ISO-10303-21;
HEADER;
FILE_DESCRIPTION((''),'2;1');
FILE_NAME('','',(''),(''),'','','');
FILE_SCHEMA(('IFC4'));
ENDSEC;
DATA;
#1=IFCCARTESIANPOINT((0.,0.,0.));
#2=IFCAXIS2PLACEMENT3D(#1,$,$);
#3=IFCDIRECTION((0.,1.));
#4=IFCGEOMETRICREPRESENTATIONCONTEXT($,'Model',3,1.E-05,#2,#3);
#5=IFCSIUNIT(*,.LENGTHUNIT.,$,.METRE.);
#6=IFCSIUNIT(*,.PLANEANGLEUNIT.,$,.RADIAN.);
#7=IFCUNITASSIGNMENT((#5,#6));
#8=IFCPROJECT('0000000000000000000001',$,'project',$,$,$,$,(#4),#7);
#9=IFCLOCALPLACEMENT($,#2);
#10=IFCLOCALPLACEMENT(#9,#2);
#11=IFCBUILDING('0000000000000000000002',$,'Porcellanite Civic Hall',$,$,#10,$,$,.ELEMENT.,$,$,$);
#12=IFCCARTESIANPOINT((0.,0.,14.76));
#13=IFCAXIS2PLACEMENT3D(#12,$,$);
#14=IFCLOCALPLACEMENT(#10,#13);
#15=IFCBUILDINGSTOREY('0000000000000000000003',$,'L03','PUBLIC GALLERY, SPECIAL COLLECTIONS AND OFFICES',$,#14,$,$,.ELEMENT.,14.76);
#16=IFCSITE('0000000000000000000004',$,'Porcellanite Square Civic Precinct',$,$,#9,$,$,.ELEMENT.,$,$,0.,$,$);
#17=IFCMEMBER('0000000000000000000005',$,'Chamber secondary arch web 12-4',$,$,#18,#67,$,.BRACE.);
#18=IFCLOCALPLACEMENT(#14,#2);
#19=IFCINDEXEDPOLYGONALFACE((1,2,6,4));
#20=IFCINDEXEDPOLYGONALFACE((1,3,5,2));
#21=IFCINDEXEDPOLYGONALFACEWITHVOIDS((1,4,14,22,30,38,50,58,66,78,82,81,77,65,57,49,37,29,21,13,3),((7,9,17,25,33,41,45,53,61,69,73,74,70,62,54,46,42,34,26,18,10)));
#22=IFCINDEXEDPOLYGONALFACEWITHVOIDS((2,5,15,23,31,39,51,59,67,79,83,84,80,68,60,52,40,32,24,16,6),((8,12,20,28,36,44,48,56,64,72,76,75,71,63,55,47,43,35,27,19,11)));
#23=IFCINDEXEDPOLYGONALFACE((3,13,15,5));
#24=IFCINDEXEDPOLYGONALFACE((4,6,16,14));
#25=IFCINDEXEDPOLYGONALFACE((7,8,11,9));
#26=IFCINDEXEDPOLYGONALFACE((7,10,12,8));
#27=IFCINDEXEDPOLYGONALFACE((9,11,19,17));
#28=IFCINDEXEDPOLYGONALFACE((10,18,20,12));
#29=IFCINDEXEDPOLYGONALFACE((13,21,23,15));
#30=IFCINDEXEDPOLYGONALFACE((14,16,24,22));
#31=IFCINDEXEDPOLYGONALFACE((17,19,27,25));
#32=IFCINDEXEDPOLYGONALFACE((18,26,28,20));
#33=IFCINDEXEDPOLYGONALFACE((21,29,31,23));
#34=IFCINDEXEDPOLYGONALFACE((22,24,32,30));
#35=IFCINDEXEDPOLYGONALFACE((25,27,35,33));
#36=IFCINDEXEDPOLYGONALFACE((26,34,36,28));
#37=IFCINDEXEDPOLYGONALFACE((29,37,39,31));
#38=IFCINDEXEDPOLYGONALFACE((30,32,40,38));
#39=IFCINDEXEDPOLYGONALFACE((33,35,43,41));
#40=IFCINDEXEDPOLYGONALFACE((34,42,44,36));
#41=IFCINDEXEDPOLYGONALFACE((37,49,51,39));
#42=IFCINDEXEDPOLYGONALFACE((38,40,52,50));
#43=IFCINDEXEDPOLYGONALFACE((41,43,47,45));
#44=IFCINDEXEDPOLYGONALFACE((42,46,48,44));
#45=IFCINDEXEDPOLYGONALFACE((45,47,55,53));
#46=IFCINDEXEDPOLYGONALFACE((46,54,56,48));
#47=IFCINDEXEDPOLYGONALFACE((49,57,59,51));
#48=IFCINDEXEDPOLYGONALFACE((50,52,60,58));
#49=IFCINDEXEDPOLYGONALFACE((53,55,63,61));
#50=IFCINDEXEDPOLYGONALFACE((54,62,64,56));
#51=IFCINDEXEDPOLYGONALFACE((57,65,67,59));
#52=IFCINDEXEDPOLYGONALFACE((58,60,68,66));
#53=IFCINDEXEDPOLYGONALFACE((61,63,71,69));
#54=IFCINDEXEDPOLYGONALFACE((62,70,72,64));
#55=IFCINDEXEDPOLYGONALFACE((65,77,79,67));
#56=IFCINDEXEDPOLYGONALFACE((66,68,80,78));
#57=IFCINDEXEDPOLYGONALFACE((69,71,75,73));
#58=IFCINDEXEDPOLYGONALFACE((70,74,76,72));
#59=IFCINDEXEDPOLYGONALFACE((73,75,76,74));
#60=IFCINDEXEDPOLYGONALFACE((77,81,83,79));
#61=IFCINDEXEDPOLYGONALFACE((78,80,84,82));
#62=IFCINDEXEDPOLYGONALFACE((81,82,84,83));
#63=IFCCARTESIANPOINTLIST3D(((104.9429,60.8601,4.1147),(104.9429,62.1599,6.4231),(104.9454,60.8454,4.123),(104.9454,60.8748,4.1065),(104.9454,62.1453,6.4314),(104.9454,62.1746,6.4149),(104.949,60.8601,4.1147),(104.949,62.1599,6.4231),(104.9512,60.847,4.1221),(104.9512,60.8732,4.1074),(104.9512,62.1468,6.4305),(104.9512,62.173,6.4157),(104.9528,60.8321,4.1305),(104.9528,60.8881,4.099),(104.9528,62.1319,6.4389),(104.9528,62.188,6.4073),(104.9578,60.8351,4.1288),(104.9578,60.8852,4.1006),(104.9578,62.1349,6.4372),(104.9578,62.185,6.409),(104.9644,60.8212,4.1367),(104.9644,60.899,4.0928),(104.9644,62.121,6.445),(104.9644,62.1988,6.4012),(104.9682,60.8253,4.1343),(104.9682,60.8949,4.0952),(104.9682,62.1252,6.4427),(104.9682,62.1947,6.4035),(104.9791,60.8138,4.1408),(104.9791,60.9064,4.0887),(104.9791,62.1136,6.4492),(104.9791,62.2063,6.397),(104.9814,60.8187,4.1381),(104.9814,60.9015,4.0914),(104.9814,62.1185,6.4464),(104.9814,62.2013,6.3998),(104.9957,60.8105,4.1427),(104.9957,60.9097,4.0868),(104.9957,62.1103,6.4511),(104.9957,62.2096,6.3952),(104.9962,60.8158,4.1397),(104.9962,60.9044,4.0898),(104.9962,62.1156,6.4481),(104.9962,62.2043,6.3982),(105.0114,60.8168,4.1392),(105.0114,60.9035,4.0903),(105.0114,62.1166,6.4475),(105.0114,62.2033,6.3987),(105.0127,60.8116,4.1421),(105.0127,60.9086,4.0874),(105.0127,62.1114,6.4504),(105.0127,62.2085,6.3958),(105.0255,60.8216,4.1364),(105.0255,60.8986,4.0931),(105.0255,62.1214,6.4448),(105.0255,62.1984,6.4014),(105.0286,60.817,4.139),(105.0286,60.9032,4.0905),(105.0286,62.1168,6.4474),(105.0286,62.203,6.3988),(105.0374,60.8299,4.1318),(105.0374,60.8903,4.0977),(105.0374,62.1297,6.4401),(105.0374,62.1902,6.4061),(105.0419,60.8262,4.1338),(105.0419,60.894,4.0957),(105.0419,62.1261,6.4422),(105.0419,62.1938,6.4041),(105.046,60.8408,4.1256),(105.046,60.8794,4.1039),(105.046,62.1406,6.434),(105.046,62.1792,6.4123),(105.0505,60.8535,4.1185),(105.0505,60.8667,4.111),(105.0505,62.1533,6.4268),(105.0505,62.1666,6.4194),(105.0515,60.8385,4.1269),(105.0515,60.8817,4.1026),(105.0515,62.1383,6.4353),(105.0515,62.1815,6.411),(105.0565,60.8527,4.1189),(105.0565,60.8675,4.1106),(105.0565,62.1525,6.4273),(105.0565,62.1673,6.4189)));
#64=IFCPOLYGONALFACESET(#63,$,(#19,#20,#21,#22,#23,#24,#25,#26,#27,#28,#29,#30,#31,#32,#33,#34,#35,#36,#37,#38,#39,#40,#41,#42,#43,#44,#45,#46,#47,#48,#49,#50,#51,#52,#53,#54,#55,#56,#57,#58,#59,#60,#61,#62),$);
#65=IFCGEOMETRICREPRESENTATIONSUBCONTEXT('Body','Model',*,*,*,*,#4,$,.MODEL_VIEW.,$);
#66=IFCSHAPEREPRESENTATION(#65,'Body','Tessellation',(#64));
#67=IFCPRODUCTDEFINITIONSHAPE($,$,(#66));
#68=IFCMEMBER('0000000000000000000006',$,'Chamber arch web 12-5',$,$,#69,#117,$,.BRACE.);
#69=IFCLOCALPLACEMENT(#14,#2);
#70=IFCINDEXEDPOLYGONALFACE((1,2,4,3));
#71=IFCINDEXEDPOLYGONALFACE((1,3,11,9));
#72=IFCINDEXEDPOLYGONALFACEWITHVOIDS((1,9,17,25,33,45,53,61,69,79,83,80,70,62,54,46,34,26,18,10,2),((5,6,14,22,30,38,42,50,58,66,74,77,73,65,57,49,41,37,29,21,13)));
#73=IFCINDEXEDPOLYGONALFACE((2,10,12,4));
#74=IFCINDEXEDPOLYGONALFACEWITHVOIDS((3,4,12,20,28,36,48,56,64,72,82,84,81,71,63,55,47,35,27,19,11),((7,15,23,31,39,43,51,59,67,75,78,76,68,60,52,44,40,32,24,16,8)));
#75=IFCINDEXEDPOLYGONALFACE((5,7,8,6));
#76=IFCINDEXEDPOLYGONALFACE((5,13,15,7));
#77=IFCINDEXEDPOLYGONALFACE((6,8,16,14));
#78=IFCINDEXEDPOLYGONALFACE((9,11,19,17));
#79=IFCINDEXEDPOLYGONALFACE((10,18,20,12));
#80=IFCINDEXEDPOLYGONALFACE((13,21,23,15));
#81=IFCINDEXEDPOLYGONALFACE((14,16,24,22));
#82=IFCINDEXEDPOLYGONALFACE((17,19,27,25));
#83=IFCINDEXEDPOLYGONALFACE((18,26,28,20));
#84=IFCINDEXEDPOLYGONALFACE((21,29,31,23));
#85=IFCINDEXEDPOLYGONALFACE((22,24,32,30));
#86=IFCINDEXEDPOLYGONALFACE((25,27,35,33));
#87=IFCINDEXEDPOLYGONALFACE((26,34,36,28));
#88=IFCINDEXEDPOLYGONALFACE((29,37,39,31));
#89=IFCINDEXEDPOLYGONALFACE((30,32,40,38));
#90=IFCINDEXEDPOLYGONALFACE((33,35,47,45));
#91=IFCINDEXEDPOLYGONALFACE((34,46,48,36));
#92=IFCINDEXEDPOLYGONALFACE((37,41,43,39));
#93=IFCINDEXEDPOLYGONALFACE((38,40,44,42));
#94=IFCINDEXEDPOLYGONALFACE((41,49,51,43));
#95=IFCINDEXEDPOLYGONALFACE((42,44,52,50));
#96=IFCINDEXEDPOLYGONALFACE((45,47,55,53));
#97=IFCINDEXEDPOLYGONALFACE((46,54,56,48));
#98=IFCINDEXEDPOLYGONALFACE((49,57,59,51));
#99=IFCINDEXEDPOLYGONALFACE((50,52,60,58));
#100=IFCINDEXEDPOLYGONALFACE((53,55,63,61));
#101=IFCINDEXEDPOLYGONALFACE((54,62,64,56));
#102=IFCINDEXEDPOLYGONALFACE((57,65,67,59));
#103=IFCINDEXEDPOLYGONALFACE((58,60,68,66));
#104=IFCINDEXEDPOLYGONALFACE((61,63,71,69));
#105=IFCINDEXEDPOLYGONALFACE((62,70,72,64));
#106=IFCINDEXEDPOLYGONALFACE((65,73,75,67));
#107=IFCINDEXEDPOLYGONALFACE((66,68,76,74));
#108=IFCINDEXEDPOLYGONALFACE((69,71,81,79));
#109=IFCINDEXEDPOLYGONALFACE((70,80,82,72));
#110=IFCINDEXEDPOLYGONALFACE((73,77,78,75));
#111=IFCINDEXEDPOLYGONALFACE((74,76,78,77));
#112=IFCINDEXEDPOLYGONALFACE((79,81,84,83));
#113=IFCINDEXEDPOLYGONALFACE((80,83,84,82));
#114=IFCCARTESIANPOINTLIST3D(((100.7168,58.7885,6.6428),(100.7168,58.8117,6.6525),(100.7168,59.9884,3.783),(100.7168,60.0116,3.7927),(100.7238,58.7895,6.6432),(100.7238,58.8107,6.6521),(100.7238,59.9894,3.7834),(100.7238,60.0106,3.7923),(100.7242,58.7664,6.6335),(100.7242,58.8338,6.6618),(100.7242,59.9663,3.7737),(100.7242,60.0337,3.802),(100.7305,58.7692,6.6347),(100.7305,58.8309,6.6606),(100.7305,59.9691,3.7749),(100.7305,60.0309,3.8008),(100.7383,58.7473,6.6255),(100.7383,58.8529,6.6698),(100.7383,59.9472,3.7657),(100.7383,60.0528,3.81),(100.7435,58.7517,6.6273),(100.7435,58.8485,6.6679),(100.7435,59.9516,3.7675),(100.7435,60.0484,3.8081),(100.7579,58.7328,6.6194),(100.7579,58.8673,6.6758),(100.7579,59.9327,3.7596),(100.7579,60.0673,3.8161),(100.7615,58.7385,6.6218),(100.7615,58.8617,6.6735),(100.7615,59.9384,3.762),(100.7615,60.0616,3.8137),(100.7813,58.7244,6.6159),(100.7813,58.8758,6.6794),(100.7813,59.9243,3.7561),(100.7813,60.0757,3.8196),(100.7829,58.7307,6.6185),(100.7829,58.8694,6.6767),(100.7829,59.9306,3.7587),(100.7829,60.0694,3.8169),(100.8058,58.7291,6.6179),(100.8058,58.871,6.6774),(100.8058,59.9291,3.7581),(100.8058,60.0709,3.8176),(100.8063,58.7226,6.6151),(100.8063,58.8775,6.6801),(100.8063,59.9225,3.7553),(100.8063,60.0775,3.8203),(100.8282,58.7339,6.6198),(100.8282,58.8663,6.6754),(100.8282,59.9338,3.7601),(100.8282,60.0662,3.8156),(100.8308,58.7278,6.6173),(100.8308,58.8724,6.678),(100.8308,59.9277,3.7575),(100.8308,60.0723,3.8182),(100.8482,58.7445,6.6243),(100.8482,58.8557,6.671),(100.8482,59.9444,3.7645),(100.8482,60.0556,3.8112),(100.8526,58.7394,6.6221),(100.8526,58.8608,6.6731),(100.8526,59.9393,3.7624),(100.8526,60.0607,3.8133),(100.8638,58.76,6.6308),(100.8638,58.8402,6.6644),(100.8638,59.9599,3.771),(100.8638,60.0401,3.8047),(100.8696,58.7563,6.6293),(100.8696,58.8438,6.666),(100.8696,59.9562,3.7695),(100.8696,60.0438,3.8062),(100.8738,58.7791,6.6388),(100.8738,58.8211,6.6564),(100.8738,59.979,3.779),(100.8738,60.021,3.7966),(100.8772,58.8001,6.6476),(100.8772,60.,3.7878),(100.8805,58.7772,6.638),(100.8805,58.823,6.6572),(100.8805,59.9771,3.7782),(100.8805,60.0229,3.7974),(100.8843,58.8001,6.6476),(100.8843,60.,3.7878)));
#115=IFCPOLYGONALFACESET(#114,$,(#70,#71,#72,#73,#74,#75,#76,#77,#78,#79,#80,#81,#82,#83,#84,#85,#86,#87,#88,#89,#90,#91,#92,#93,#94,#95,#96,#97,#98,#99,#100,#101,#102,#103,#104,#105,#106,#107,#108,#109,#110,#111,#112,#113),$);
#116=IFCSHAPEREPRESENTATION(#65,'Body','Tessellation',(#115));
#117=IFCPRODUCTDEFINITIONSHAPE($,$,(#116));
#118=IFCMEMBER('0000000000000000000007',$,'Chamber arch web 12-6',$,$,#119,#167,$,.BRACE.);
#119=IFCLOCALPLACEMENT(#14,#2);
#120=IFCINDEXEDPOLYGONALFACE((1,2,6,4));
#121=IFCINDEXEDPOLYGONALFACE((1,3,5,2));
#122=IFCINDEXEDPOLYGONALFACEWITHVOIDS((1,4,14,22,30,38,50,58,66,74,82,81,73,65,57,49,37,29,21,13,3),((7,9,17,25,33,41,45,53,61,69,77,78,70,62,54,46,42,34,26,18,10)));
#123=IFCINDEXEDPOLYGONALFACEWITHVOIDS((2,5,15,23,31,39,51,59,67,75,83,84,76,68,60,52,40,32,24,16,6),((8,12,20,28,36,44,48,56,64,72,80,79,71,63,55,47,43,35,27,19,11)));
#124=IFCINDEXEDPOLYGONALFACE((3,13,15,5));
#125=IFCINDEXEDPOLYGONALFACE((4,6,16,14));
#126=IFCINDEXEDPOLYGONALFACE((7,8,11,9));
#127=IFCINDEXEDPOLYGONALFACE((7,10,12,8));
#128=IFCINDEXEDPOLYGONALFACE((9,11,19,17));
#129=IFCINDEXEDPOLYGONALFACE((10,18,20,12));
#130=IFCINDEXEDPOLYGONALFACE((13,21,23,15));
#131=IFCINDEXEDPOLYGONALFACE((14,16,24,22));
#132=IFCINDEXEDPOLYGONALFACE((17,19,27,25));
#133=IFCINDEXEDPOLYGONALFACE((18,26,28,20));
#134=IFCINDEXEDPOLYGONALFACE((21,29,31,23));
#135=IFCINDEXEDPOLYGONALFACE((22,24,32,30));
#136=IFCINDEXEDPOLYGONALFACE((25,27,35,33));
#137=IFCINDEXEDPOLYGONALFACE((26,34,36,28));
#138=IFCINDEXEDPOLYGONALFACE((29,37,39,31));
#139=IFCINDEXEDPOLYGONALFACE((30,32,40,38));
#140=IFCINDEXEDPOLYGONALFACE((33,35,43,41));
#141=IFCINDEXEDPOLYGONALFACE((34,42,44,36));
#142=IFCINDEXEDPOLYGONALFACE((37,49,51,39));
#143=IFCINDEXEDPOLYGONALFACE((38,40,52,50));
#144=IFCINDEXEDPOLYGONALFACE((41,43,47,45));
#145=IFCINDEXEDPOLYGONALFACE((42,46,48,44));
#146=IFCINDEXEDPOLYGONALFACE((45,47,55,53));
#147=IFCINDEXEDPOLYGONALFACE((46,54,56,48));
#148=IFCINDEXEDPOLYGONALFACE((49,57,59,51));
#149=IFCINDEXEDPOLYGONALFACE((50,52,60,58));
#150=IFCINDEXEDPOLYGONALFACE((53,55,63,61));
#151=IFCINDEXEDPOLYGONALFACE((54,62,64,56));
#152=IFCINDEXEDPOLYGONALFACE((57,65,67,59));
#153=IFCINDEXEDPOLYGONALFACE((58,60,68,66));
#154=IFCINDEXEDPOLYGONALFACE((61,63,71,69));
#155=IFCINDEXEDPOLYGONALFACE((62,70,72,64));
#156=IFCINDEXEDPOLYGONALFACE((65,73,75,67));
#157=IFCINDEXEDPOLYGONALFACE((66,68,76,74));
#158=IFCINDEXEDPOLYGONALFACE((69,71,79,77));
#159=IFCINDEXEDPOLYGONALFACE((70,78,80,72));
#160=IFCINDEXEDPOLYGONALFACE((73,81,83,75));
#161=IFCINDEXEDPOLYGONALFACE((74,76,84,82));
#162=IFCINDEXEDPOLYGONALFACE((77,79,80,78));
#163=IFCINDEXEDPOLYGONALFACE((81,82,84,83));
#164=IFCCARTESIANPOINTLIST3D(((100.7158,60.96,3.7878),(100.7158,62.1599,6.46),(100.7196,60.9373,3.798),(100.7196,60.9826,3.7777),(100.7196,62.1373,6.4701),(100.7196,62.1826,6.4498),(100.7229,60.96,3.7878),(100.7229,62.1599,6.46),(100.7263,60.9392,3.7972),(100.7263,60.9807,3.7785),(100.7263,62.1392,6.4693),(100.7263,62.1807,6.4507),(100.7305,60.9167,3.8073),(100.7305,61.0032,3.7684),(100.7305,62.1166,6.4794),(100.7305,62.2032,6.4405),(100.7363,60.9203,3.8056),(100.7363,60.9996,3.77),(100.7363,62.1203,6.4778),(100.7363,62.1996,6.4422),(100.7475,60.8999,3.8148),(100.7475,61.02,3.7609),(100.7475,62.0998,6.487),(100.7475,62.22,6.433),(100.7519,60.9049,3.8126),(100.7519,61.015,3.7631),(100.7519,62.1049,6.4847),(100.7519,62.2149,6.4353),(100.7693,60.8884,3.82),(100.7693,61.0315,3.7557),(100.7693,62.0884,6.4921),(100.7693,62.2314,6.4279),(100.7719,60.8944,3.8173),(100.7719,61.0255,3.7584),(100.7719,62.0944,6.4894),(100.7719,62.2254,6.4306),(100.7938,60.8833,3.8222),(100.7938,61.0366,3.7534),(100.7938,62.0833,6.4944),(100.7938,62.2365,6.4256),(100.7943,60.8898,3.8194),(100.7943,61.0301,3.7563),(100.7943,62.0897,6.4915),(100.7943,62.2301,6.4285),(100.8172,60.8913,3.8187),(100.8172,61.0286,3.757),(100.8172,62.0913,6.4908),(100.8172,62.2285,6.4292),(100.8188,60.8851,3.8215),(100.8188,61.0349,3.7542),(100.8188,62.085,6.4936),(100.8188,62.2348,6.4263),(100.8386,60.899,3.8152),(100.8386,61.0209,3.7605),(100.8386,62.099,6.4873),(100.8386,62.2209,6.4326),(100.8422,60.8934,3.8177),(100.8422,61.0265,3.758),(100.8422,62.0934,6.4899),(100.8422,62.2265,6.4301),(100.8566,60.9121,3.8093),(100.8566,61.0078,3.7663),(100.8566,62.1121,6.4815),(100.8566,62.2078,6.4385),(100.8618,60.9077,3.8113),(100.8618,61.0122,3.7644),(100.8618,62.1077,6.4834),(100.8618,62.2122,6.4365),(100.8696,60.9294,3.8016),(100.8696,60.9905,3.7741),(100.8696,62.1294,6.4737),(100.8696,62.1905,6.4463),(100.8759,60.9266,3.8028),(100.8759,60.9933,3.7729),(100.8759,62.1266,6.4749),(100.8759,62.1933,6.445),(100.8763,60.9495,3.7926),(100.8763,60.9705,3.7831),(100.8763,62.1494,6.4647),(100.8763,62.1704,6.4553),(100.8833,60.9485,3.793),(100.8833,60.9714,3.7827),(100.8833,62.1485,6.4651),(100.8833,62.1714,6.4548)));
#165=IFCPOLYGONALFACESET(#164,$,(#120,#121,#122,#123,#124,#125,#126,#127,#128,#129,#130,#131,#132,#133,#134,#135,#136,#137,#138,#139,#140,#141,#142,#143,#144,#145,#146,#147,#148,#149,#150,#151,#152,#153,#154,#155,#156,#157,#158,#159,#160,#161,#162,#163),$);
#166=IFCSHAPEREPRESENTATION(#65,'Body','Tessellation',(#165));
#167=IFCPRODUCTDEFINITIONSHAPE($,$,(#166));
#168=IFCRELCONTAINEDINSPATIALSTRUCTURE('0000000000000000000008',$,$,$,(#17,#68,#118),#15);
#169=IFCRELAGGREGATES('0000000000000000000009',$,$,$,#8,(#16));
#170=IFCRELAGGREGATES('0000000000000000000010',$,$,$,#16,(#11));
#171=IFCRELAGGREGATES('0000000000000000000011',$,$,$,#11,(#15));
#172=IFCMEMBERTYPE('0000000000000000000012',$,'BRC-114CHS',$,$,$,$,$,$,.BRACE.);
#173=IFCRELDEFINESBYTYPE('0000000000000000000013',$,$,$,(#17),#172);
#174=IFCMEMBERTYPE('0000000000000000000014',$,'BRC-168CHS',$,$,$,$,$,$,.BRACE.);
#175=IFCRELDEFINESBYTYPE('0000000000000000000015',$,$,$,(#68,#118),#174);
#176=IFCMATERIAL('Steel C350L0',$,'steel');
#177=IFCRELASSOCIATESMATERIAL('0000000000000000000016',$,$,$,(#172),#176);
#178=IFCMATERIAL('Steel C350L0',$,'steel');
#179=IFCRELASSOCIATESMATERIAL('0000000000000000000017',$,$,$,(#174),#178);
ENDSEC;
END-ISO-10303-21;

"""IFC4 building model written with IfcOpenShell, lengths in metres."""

from ifc_helpers import new_model, si_unit, direction, frame, origin, origin_2d, place, context, subcontext, project, spatial, hollow_circle, extrude, material, material_profile, profile_set, type_object, element, save


model = new_model("IFC4")

# Units and contexts
model_context = context("Model", 3, precision=1e-05, world=origin(), true_north=direction((0.0, 1.0)))
body_context = subcontext(model_context, "Body", "Model", "MODEL_VIEW")
ifc_project = project(units=[si_unit("LENGTHUNIT", "METRE"), si_unit("PLANEANGLEUNIT", "RADIAN")], contexts=[model_context])

# Site, building, storey
site_placement = place(None, origin())
site = spatial("IfcSite", under=ifc_project, at=site_placement, Name="Porcellanite Square Civic Precinct", CompositionType="ELEMENT", RefElevation=0.0)
building_placement = place(site_placement, origin())
building = spatial("IfcBuilding", under=site, at=building_placement, Name="Porcellanite Civic Hall", CompositionType="ELEMENT")
storey_placement = place(building_placement, frame((0.0, 0.0, 14.76)))
storey = spatial("IfcBuildingStorey", under=building, at=storey_placement, Name="L03", Description="PUBLIC GALLERY, SPECIAL COLLECTIONS AND OFFICES", CompositionType="ELEMENT", Elevation=14.76)

# Members
ifc_material_1 = material(Name="Steel C350L0", Category="steel")
ifc_material_profile_1 = material_profile(ifc_material_1, hollow_circle(Radius=0.0571, WallThickness=0.0061, at=origin_2d()), Name="114.3x6.0CHS")
ifc_profile_set_1 = profile_set([ifc_material_profile_1], Name="Steel C350L0")
member_type_1 = type_object("IfcMemberType", Name="BRC-114CHS", PredefinedType="BRACE", material=ifc_profile_set_1)
member_1_placement = place(storey_placement, frame((105.0, 60.8601, 4.1147), z_axis=(0.0, 0.490651, 0.871356), x_axis=(-1.0, 0.0, 0.0)))
element("IfcMember", 1, at=member_1_placement, inside=storey, type_object=member_type_1, Name="Chamber secondary arch web 12-4", PredefinedType="BRACE", context=body_context, shape_type="SweptSolid", body=[
    extrude(hollow_circle(Radius=0.0571, WallThickness=0.0061, at=origin_2d()), origin(), (0.0, 0.0, 1.0), 2.6492),
])
ifc_material_2 = material(Name="Steel C350L0", Category="steel")
ifc_material_profile_2 = material_profile(ifc_material_2, hollow_circle(Radius=0.0842, WallThickness=0.0071, at=origin_2d()), Name="168.3x7.1CHS")
ifc_profile_set_2 = profile_set([ifc_material_profile_2], Name="Steel C350L0")
member_type_2 = type_object("IfcMemberType", Name="BRC-168CHS", PredefinedType="BRACE", material=ifc_profile_set_2)
member_2_placement = place(storey_placement, frame((100.8, 60.0, 3.7878), z_axis=(0.0, -0.386906, 0.922119), x_axis=(1.0, 0.0, 0.0)))
element("IfcMember", 2, at=member_2_placement, inside=storey, type_object=member_type_2, Name="Chamber arch web 12-5", PredefinedType="BRACE", context=body_context, shape_type="SweptSolid", body=[
    extrude(hollow_circle(Radius=0.0842, WallThickness=0.0071, at=origin_2d()), origin(), (0.0, 0.0, 1.0), 3.1013),
])
member_3_placement = place(storey_placement, frame((100.8, 60.96, 3.7878), z_axis=(0.0, 0.409654, 0.912241), x_axis=(-1.0, 0.0, 0.0)))
element("IfcMember", 3, at=member_3_placement, inside=storey, type_object=member_type_2, Name="Chamber arch web 12-6", PredefinedType="BRACE", context=body_context, shape_type="SweptSolid", body=[
    extrude(hollow_circle(Radius=0.0842, WallThickness=0.0071, at=origin_2d()), origin(), (0.0, 0.0, 1.0), 2.9292),
])

save(model, "model.ifc")
